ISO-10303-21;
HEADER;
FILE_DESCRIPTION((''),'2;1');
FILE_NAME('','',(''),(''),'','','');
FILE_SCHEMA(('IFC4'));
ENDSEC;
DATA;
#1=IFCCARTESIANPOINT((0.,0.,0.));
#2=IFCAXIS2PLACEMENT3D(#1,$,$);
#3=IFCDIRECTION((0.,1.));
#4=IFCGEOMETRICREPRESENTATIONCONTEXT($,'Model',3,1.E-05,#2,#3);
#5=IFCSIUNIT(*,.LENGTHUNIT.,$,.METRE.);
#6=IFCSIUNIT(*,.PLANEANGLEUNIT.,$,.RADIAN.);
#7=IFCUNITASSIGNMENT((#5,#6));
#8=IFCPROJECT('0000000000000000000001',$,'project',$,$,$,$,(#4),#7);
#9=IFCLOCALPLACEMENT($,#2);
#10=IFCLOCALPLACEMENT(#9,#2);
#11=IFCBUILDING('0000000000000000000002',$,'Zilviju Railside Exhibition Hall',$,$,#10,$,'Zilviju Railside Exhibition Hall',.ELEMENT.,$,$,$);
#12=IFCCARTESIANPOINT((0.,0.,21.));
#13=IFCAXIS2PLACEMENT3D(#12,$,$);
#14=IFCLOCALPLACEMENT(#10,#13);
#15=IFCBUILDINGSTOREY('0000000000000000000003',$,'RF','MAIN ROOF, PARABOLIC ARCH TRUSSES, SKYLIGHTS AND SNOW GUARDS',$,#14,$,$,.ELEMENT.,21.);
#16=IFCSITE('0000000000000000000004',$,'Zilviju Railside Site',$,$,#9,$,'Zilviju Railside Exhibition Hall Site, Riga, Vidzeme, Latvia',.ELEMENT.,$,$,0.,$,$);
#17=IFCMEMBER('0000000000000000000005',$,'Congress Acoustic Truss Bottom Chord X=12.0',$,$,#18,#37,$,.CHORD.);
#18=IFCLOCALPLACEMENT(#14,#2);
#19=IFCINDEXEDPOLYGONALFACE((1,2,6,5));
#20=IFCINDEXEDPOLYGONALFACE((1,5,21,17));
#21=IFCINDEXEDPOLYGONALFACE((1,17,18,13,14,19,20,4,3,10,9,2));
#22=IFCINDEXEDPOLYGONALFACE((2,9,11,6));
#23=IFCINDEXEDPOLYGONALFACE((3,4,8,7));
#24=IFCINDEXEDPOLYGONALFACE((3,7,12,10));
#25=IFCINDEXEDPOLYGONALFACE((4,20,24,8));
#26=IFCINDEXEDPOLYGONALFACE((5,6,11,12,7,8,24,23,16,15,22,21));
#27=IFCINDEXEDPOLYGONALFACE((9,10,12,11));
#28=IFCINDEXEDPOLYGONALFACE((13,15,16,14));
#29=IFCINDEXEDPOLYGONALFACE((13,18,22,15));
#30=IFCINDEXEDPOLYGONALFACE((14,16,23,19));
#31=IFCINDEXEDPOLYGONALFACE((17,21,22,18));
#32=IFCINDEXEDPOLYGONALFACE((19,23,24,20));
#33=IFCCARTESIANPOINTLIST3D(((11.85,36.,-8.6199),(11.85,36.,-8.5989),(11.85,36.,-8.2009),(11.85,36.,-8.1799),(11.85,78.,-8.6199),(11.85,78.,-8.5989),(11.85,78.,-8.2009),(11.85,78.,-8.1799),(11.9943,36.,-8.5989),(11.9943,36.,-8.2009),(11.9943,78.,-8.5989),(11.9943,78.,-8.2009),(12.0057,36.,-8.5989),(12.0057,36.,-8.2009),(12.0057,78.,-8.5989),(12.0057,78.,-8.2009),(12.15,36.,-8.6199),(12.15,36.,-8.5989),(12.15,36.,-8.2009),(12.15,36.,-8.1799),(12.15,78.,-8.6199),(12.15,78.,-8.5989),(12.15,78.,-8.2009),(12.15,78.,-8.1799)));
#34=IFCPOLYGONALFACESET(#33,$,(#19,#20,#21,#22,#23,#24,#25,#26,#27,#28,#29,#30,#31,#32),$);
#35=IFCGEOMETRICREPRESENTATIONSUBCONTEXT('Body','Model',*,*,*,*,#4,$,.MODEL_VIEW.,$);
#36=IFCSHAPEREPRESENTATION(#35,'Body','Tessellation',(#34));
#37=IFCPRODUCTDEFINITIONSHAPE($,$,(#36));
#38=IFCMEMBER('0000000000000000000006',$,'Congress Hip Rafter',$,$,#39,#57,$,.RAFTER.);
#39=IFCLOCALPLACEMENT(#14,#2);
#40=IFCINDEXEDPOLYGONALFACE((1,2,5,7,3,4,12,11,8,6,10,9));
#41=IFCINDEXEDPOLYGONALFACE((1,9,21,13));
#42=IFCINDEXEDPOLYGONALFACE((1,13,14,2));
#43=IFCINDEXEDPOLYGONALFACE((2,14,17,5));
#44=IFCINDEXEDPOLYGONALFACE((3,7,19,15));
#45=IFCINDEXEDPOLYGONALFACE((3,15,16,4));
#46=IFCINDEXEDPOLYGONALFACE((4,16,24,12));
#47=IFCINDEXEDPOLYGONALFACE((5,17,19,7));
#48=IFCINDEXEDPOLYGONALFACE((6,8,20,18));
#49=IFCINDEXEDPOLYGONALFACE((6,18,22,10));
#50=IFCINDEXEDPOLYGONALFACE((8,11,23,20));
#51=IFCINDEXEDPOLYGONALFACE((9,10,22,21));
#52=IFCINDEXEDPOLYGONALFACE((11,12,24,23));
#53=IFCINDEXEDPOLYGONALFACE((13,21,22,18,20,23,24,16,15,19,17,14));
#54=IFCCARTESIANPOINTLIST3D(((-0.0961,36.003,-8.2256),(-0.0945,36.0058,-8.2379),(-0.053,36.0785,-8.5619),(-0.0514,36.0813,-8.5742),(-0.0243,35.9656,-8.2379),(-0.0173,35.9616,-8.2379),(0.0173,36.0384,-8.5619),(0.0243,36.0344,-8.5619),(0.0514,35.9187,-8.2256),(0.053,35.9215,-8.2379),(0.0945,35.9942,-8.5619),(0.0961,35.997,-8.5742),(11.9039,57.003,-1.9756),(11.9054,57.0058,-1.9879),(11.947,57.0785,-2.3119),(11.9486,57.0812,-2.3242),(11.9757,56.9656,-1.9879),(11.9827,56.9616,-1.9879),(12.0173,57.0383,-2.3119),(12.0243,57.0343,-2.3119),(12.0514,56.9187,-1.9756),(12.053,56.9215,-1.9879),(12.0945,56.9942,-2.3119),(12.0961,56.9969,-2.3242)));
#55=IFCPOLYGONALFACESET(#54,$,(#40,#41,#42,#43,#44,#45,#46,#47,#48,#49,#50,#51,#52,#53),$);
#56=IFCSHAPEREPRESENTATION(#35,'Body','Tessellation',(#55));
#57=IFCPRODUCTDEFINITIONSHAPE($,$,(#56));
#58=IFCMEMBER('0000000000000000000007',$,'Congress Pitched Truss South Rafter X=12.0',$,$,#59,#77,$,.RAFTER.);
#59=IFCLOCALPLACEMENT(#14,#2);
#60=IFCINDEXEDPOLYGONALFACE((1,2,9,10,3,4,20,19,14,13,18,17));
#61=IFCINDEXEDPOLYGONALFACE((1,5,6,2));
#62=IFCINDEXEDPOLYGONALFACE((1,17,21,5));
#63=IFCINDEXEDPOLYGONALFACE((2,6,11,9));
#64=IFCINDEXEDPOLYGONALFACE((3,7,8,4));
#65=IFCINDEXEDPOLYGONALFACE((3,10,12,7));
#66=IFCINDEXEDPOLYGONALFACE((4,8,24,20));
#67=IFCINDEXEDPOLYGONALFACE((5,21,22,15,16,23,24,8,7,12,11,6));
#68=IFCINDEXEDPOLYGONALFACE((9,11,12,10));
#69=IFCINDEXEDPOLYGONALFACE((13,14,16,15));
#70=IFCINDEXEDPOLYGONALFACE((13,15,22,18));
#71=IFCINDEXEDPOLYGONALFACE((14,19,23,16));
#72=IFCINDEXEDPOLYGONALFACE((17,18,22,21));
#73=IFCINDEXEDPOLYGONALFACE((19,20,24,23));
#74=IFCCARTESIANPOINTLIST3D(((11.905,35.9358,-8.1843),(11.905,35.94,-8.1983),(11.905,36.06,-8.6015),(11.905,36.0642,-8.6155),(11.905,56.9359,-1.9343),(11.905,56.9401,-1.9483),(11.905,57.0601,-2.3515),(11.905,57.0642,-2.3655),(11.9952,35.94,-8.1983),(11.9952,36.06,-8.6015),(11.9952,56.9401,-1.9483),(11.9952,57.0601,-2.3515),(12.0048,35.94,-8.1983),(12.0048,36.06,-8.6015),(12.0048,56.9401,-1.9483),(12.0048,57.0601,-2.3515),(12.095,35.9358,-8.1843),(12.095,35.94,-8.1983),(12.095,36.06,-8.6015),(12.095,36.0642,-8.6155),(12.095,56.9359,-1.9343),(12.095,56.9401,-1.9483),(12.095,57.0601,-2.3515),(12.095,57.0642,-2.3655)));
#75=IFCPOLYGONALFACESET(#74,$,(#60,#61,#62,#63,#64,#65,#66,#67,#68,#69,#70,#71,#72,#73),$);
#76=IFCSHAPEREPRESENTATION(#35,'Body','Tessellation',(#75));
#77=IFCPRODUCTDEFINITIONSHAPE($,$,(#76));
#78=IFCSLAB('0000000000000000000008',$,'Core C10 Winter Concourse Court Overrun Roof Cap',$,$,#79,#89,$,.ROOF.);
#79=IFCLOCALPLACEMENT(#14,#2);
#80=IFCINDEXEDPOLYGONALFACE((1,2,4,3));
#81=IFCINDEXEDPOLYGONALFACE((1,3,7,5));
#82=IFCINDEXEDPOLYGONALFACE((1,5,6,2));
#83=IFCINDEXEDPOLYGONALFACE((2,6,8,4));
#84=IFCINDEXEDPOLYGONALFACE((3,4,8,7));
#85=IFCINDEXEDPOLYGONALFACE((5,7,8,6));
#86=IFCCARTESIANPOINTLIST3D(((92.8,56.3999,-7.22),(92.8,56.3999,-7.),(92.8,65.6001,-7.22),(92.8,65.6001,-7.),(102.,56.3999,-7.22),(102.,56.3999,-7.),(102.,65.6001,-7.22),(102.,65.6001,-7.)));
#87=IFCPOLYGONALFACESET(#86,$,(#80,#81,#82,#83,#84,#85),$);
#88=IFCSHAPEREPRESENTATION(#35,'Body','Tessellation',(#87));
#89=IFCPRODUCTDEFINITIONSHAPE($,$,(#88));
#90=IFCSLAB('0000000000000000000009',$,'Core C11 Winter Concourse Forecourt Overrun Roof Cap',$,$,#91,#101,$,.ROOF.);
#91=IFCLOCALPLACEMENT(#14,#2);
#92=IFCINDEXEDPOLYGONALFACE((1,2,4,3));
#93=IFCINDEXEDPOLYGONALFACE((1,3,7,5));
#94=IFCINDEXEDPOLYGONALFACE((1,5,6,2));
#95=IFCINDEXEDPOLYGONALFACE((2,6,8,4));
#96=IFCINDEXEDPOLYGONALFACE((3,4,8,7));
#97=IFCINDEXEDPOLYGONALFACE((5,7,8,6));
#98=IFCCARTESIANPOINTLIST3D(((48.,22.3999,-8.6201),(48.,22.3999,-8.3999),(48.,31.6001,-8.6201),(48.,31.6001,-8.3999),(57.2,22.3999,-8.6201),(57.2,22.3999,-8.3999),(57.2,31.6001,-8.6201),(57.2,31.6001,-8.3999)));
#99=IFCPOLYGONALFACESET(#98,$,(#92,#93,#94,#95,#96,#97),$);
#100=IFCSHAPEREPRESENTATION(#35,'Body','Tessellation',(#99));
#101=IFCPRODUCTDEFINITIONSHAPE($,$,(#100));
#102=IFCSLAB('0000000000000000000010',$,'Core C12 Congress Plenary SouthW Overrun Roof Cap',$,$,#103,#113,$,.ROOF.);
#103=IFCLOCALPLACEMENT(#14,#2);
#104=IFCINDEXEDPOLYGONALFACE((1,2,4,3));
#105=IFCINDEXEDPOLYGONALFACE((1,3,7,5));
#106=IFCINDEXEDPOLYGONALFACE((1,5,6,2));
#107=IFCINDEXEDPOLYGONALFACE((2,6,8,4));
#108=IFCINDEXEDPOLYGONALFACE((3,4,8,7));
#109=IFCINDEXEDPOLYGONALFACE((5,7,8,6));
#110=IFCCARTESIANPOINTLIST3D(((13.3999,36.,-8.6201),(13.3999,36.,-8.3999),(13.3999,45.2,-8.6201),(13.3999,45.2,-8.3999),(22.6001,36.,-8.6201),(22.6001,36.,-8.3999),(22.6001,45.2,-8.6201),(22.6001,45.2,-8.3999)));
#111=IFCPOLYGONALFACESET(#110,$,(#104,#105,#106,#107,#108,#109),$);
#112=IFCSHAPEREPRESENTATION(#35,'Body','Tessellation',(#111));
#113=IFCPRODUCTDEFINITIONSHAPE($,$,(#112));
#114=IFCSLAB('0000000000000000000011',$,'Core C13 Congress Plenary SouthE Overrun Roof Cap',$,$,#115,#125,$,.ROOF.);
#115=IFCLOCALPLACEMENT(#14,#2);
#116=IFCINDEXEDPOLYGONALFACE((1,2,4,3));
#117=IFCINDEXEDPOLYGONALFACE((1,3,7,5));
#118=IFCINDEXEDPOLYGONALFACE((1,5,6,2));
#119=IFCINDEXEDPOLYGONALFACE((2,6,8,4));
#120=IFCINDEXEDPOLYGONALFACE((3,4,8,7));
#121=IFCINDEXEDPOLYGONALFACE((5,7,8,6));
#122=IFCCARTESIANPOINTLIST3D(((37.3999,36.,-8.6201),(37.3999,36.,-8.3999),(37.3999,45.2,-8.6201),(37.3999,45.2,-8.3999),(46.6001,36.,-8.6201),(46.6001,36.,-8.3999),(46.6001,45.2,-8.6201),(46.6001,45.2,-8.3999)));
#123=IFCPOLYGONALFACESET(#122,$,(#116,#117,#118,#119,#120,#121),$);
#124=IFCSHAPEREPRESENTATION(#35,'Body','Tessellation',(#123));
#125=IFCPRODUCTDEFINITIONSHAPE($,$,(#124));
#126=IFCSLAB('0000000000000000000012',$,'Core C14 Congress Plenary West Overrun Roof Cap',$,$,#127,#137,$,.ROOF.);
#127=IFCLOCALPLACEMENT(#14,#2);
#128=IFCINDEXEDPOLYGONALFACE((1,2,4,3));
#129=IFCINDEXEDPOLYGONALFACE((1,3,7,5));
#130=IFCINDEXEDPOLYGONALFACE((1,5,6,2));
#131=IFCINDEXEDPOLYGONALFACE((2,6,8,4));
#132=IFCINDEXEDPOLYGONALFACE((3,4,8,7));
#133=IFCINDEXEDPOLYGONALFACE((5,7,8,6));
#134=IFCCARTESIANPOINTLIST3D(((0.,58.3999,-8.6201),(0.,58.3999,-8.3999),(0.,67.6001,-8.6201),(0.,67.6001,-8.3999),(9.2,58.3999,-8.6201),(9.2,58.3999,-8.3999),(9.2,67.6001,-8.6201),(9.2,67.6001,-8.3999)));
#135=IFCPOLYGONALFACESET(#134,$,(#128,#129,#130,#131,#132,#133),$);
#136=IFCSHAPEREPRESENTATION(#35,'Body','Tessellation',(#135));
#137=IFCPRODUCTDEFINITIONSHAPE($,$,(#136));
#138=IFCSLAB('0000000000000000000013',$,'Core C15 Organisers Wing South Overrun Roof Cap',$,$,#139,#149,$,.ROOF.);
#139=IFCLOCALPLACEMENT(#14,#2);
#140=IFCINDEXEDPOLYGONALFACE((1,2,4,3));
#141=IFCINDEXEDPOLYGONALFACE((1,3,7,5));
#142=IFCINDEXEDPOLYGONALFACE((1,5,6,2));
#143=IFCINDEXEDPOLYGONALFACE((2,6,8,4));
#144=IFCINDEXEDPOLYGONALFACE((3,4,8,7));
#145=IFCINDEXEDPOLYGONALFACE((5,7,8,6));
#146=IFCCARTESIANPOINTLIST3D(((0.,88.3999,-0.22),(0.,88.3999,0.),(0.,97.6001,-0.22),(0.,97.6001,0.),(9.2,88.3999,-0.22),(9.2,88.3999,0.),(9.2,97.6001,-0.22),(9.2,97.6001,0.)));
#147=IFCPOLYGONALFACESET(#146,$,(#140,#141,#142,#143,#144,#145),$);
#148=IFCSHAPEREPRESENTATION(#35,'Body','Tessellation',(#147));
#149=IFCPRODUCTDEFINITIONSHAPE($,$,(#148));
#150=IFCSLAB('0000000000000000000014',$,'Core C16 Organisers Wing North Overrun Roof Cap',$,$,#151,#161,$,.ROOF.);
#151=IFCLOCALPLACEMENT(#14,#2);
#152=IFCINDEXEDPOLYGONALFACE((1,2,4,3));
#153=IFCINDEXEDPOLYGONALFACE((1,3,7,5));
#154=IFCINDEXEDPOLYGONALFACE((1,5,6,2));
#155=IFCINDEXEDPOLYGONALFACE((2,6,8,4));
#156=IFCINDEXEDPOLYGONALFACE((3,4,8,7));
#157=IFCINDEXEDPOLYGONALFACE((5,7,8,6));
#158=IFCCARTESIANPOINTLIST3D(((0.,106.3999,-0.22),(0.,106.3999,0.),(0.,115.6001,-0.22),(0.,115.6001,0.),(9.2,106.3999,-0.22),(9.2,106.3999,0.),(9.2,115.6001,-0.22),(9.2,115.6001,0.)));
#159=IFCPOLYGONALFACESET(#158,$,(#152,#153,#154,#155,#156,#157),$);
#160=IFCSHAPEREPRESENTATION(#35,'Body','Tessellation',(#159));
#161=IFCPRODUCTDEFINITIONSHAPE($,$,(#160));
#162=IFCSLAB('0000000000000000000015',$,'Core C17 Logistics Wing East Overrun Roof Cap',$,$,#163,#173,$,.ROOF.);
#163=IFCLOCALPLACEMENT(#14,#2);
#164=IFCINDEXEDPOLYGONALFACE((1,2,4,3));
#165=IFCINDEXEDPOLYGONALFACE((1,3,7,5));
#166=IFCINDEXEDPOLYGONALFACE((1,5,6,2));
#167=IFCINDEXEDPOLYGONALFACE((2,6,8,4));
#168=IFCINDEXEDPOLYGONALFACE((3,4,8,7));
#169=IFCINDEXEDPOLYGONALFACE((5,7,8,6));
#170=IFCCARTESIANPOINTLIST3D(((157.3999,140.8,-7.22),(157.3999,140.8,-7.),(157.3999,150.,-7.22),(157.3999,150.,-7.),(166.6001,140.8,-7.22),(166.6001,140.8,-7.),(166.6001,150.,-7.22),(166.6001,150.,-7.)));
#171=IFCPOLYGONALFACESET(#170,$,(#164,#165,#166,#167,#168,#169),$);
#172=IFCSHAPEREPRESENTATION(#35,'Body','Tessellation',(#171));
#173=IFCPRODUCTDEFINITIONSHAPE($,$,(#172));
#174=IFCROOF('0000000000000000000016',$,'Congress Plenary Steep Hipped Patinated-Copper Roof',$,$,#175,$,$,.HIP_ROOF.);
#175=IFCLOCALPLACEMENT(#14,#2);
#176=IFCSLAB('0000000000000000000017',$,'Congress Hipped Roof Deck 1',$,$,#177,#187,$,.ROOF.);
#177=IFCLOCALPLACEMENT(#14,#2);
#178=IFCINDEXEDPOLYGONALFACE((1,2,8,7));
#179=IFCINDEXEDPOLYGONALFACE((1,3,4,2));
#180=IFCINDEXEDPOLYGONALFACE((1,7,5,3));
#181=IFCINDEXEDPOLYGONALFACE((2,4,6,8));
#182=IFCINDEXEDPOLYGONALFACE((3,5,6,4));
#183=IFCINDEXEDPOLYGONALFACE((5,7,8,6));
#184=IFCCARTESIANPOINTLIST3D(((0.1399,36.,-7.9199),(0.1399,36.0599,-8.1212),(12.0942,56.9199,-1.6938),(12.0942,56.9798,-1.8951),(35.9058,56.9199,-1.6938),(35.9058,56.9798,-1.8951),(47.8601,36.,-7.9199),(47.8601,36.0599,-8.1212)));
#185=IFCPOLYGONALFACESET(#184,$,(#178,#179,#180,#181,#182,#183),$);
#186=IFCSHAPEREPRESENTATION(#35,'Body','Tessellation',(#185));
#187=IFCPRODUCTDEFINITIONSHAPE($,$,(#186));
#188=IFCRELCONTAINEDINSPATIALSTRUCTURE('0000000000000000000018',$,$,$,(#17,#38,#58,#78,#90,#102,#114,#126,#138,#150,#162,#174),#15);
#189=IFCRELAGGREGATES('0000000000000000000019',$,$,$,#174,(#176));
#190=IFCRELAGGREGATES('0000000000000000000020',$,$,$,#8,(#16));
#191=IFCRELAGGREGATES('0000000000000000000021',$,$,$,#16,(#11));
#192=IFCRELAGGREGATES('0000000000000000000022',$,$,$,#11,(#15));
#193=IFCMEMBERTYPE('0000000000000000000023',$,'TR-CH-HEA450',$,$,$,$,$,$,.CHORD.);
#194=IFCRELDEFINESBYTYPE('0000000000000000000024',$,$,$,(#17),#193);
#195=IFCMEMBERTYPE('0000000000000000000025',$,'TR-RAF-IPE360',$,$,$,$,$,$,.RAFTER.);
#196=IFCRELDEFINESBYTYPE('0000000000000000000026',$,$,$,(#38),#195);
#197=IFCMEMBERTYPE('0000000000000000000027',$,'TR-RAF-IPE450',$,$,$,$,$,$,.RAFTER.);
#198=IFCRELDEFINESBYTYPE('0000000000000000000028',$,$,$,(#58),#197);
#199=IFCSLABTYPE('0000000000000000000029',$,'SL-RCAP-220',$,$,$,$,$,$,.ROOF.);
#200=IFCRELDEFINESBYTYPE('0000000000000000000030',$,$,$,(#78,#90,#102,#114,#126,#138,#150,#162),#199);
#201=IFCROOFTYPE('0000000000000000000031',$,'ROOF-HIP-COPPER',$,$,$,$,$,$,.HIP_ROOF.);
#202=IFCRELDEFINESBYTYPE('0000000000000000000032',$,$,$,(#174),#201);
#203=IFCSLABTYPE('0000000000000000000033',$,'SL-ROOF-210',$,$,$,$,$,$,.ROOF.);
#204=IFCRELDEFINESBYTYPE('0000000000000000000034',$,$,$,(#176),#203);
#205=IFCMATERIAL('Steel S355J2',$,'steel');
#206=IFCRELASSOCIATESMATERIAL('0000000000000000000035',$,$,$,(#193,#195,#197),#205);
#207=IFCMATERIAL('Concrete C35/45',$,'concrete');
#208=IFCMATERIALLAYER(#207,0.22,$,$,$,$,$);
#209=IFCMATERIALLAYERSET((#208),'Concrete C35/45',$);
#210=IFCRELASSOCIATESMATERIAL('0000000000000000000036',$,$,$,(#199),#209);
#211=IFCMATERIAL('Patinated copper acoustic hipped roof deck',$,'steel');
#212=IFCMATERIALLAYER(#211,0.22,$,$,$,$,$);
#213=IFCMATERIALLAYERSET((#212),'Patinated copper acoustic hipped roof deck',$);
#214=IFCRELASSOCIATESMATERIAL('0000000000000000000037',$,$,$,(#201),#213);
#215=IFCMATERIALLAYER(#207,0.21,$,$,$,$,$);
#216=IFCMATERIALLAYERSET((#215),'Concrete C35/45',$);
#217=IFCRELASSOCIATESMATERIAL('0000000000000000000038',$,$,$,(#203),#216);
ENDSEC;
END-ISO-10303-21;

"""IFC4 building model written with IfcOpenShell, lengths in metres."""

from ifc_helpers import new_model, si_unit, direction, frame, origin, origin_2d, place, context, subcontext, project, spatial, polyline, i_section, outline, extrude, material, layer, layer_set, material_profile, profile_set, type_object, element, aggregate, save


model = new_model("IFC4")

# Units and contexts
model_context = context("Model", 3, precision=1e-05, world=origin(), true_north=direction((0.0, 1.0)))
body_context = subcontext(model_context, "Body", "Model", "MODEL_VIEW")
ifc_project = project(units=[si_unit("LENGTHUNIT", "METRE"), si_unit("PLANEANGLEUNIT", "RADIAN")], contexts=[model_context])

# Site, building, storey
site_placement = place(None, origin())
site = spatial("IfcSite", under=ifc_project, at=site_placement, Name="Zilviju Railside Site", LongName="Zilviju Railside Exhibition Hall Site, Riga, Vidzeme, Latvia", CompositionType="ELEMENT", RefElevation=0.0)
building_placement = place(site_placement, origin())
building = spatial("IfcBuilding", under=site, at=building_placement, Name="Zilviju Railside Exhibition Hall", LongName="Zilviju Railside Exhibition Hall", CompositionType="ELEMENT")
storey_placement = place(building_placement, frame((0.0, 0.0, 21.0)))
storey = spatial("IfcBuildingStorey", under=building, at=storey_placement, Name="RF", Description="MAIN ROOF, PARABOLIC ARCH TRUSSES, SKYLIGHTS AND SNOW GUARDS", CompositionType="ELEMENT", Elevation=21.0)

# Members
ifc_material_1 = material(Name="Steel S355J2", Category="steel")
ifc_material_profile_1 = material_profile(ifc_material_1, i_section(OverallWidth=0.3, OverallDepth=0.4399, WebThickness=0.0115, FlangeThickness=0.021, at=origin_2d()), Name="HEA 450")
ifc_profile_set_1 = profile_set([ifc_material_profile_1], Name="Steel S355J2")
member_type_1 = type_object("IfcMemberType", Name="TR-CH-HEA450", PredefinedType="CHORD", material=ifc_profile_set_1)
member_1_placement = place(storey_placement, frame((12.0, 36.0, -8.3999), z_axis=(0.0, 1.0, 0.0), x_axis=(-1.0, 0.0, 0.0)))
element("IfcMember", 1, at=member_1_placement, inside=storey, type_object=member_type_1, Name="Congress Acoustic Truss Bottom Chord X=12.0", PredefinedType="CHORD", context=body_context, shape_type="SweptSolid", body=[
    extrude(i_section(OverallWidth=0.3, OverallDepth=0.4399, WebThickness=0.0115, FlangeThickness=0.021, at=origin_2d()), origin(), (0.0, 0.0, 1.0), 42.0),
])
ifc_material_profile_2 = material_profile(ifc_material_1, i_section(OverallWidth=0.1699, OverallDepth=0.3601, WebThickness=0.0081, FlangeThickness=0.0127, at=origin_2d()), Name="IPE 360")
ifc_profile_set_2 = profile_set([ifc_material_profile_2], Name="Steel S355J2")
member_type_2 = type_object("IfcMemberType", Name="TR-RAF-IPE360", PredefinedType="RAFTER", material=ifc_profile_set_2)
member_2_placement = place(storey_placement, frame((0.0, 36.0, -8.3999), z_axis=(0.48036, 0.840631, 0.250188), x_axis=(-0.868243, 0.496139, 0.0)))
element("IfcMember", 2, at=member_2_placement, inside=storey, type_object=member_type_2, Name="Congress Hip Rafter", PredefinedType="RAFTER", context=body_context, shape_type="SweptSolid", body=[
    extrude(i_section(OverallWidth=0.1699, OverallDepth=0.3601, WebThickness=0.0081, FlangeThickness=0.0127, at=origin_2d()), origin(), (0.0, 0.0, 1.0), 24.9812),
])
ifc_material_profile_3 = material_profile(ifc_material_1, i_section(OverallWidth=0.1899, OverallDepth=0.45, WebThickness=0.0095, FlangeThickness=0.0146, at=origin_2d()), Name="IPE 450")
ifc_profile_set_3 = profile_set([ifc_material_profile_3], Name="Steel S355J2")
member_type_3 = type_object("IfcMemberType", Name="TR-RAF-IPE450", PredefinedType="RAFTER", material=ifc_profile_set_3)
member_3_placement = place(storey_placement, frame((12.0, 36.0, -8.3999), z_axis=(0.0, 0.958452, 0.285254), x_axis=(-1.0, 0.0, 0.0)))
element("IfcMember", 3, at=member_3_placement, inside=storey, type_object=member_type_3, Name="Congress Pitched Truss South Rafter X=12.0", PredefinedType="RAFTER", context=body_context, shape_type="SweptSolid", body=[
    extrude(i_section(OverallWidth=0.1899, OverallDepth=0.45, WebThickness=0.0095, FlangeThickness=0.0146, at=origin_2d()), origin(), (0.0, 0.0, 1.0), 21.9104),
])

# Slabs
ifc_material_2 = material(Name="Concrete C35/45", Category="concrete")
ifc_layer_1 = layer(ifc_material_2, 0.22)
ifc_layer_set_1 = layer_set([ifc_layer_1], Name="Concrete C35/45")
slab_type_1 = type_object("IfcSlabType", Name="SL-RCAP-220", PredefinedType="ROOF", material=ifc_layer_set_1)
slab_1_placement = place(storey_placement, frame((0.0, 0.0, -7.22)))
element("IfcSlab", 4, at=slab_1_placement, inside=storey, type_object=slab_type_1, Name="Core C10 Winter Concourse Court Overrun Roof Cap", PredefinedType="ROOF", context=body_context, shape_type="SweptSolid", body=[
    extrude(outline(polyline([(92.8, 56.3999), (102.0, 56.3999), (102.0, 65.6001), (92.8, 65.6001), (92.8, 56.3999)])), origin(), (0.0, 0.0, 1.0), 0.22),
])
slab_2_placement = place(storey_placement, frame((0.0, 0.0, -8.6201)))
element("IfcSlab", 5, at=slab_2_placement, inside=storey, type_object=slab_type_1, Name="Core C11 Winter Concourse Forecourt Overrun Roof Cap", PredefinedType="ROOF", context=body_context, shape_type="SweptSolid", body=[
    extrude(outline(polyline([(48.0, 22.3999), (57.2, 22.3999), (57.2, 31.6001), (48.0, 31.6001), (48.0, 22.3999)])), origin(), (0.0, 0.0, 1.0), 0.2202),
])
slab_3_placement = place(storey_placement, frame((0.0, 0.0, -8.6201)))
element("IfcSlab", 6, at=slab_3_placement, inside=storey, type_object=slab_type_1, Name="Core C12 Congress Plenary SouthW Overrun Roof Cap", PredefinedType="ROOF", context=body_context, shape_type="SweptSolid", body=[
    extrude(outline(polyline([(13.3999, 36.0), (22.6001, 36.0), (22.6001, 45.2), (13.3999, 45.2), (13.3999, 36.0)])), origin(), (0.0, 0.0, 1.0), 0.2202),
])
slab_4_placement = place(storey_placement, frame((0.0, 0.0, -8.6201)))
element("IfcSlab", 7, at=slab_4_placement, inside=storey, type_object=slab_type_1, Name="Core C13 Congress Plenary SouthE Overrun Roof Cap", PredefinedType="ROOF", context=body_context, shape_type="SweptSolid", body=[
    extrude(outline(polyline([(37.3999, 36.0), (46.6001, 36.0), (46.6001, 45.2), (37.3999, 45.2), (37.3999, 36.0)])), origin(), (0.0, 0.0, 1.0), 0.2202),
])
slab_5_placement = place(storey_placement, frame((0.0, 0.0, -8.6201)))
element("IfcSlab", 8, at=slab_5_placement, inside=storey, type_object=slab_type_1, Name="Core C14 Congress Plenary West Overrun Roof Cap", PredefinedType="ROOF", context=body_context, shape_type="SweptSolid", body=[
    extrude(outline(polyline([(0.0, 58.3999), (9.2, 58.3999), (9.2, 67.6001), (0.0, 67.6001), (0.0, 58.3999)])), origin(), (0.0, 0.0, 1.0), 0.2202),
])
slab_6_placement = place(storey_placement, frame((0.0, 0.0, -0.22)))
element("IfcSlab", 9, at=slab_6_placement, inside=storey, type_object=slab_type_1, Name="Core C15 Organisers Wing South Overrun Roof Cap", PredefinedType="ROOF", context=body_context, shape_type="SweptSolid", body=[
    extrude(outline(polyline([(0.0, 88.3999), (9.2, 88.3999), (9.2, 97.6001), (0.0, 97.6001), (0.0, 88.3999)])), origin(), (0.0, 0.0, 1.0), 0.22),
])
slab_7_placement = place(storey_placement, frame((0.0, 0.0, -0.22)))
element("IfcSlab", 10, at=slab_7_placement, inside=storey, type_object=slab_type_1, Name="Core C16 Organisers Wing North Overrun Roof Cap", PredefinedType="ROOF", context=body_context, shape_type="SweptSolid", body=[
    extrude(outline(polyline([(0.0, 106.3999), (9.2, 106.3999), (9.2, 115.6001), (0.0, 115.6001), (0.0, 106.3999)])), origin(), (0.0, 0.0, 1.0), 0.22),
])
slab_8_placement = place(storey_placement, frame((0.0, 0.0, -7.22)))
element("IfcSlab", 11, at=slab_8_placement, inside=storey, type_object=slab_type_1, Name="Core C17 Logistics Wing East Overrun Roof Cap", PredefinedType="ROOF", context=body_context, shape_type="SweptSolid", body=[
    extrude(outline(polyline([(157.3999, 140.8), (166.6001, 140.8), (166.6001, 150.0), (157.3999, 150.0), (157.3999, 140.8)])), origin(), (0.0, 0.0, 1.0), 0.22),
])

# Roof, slab
ifc_material_3 = material(Name="Patinated copper acoustic hipped roof deck", Category="steel")
ifc_layer_2 = layer(ifc_material_3, 0.22)
ifc_layer_set_2 = layer_set([ifc_layer_2], Name="Patinated copper acoustic hipped roof deck")
roof_type = type_object("IfcRoofType", Name="ROOF-HIP-COPPER", PredefinedType="HIP_ROOF", material=ifc_layer_set_2)
roof_placement = place(storey_placement, origin())
roof = element("IfcRoof", 12, at=roof_placement, inside=storey, type_object=roof_type, Name="Congress Plenary Steep Hipped Patinated-Copper Roof", PredefinedType="HIP_ROOF")
ifc_layer_3 = layer(ifc_material_2, 0.21)
ifc_layer_set_3 = layer_set([ifc_layer_3], Name="Concrete C35/45")
slab_type_2 = type_object("IfcSlabType", Name="SL-ROOF-210", PredefinedType="ROOF", material=ifc_layer_set_3)
slab_9_placement = place(storey_placement, frame((0.1399, 36.0, -7.9199), z_axis=(0.0, -0.28525, 0.958453), x_axis=(1.0, 0.0, 0.0)))
slab_9 = element("IfcSlab", 13, at=slab_9_placement, type_object=slab_type_2, Name="Congress Hipped Roof Deck 1", PredefinedType="ROOF", context=body_context, shape_type="SweptSolid", body=[
    extrude(outline(polyline([(0.0, 0.0), (47.7202, 0.0), (35.7659, 21.8268), (11.9543, 21.8268), (0.0, 0.0)])), origin(), (0.0, 0.0, -1.0), 0.21),
])
aggregate(roof, [slab_9])

save(model, "model.ifc")
